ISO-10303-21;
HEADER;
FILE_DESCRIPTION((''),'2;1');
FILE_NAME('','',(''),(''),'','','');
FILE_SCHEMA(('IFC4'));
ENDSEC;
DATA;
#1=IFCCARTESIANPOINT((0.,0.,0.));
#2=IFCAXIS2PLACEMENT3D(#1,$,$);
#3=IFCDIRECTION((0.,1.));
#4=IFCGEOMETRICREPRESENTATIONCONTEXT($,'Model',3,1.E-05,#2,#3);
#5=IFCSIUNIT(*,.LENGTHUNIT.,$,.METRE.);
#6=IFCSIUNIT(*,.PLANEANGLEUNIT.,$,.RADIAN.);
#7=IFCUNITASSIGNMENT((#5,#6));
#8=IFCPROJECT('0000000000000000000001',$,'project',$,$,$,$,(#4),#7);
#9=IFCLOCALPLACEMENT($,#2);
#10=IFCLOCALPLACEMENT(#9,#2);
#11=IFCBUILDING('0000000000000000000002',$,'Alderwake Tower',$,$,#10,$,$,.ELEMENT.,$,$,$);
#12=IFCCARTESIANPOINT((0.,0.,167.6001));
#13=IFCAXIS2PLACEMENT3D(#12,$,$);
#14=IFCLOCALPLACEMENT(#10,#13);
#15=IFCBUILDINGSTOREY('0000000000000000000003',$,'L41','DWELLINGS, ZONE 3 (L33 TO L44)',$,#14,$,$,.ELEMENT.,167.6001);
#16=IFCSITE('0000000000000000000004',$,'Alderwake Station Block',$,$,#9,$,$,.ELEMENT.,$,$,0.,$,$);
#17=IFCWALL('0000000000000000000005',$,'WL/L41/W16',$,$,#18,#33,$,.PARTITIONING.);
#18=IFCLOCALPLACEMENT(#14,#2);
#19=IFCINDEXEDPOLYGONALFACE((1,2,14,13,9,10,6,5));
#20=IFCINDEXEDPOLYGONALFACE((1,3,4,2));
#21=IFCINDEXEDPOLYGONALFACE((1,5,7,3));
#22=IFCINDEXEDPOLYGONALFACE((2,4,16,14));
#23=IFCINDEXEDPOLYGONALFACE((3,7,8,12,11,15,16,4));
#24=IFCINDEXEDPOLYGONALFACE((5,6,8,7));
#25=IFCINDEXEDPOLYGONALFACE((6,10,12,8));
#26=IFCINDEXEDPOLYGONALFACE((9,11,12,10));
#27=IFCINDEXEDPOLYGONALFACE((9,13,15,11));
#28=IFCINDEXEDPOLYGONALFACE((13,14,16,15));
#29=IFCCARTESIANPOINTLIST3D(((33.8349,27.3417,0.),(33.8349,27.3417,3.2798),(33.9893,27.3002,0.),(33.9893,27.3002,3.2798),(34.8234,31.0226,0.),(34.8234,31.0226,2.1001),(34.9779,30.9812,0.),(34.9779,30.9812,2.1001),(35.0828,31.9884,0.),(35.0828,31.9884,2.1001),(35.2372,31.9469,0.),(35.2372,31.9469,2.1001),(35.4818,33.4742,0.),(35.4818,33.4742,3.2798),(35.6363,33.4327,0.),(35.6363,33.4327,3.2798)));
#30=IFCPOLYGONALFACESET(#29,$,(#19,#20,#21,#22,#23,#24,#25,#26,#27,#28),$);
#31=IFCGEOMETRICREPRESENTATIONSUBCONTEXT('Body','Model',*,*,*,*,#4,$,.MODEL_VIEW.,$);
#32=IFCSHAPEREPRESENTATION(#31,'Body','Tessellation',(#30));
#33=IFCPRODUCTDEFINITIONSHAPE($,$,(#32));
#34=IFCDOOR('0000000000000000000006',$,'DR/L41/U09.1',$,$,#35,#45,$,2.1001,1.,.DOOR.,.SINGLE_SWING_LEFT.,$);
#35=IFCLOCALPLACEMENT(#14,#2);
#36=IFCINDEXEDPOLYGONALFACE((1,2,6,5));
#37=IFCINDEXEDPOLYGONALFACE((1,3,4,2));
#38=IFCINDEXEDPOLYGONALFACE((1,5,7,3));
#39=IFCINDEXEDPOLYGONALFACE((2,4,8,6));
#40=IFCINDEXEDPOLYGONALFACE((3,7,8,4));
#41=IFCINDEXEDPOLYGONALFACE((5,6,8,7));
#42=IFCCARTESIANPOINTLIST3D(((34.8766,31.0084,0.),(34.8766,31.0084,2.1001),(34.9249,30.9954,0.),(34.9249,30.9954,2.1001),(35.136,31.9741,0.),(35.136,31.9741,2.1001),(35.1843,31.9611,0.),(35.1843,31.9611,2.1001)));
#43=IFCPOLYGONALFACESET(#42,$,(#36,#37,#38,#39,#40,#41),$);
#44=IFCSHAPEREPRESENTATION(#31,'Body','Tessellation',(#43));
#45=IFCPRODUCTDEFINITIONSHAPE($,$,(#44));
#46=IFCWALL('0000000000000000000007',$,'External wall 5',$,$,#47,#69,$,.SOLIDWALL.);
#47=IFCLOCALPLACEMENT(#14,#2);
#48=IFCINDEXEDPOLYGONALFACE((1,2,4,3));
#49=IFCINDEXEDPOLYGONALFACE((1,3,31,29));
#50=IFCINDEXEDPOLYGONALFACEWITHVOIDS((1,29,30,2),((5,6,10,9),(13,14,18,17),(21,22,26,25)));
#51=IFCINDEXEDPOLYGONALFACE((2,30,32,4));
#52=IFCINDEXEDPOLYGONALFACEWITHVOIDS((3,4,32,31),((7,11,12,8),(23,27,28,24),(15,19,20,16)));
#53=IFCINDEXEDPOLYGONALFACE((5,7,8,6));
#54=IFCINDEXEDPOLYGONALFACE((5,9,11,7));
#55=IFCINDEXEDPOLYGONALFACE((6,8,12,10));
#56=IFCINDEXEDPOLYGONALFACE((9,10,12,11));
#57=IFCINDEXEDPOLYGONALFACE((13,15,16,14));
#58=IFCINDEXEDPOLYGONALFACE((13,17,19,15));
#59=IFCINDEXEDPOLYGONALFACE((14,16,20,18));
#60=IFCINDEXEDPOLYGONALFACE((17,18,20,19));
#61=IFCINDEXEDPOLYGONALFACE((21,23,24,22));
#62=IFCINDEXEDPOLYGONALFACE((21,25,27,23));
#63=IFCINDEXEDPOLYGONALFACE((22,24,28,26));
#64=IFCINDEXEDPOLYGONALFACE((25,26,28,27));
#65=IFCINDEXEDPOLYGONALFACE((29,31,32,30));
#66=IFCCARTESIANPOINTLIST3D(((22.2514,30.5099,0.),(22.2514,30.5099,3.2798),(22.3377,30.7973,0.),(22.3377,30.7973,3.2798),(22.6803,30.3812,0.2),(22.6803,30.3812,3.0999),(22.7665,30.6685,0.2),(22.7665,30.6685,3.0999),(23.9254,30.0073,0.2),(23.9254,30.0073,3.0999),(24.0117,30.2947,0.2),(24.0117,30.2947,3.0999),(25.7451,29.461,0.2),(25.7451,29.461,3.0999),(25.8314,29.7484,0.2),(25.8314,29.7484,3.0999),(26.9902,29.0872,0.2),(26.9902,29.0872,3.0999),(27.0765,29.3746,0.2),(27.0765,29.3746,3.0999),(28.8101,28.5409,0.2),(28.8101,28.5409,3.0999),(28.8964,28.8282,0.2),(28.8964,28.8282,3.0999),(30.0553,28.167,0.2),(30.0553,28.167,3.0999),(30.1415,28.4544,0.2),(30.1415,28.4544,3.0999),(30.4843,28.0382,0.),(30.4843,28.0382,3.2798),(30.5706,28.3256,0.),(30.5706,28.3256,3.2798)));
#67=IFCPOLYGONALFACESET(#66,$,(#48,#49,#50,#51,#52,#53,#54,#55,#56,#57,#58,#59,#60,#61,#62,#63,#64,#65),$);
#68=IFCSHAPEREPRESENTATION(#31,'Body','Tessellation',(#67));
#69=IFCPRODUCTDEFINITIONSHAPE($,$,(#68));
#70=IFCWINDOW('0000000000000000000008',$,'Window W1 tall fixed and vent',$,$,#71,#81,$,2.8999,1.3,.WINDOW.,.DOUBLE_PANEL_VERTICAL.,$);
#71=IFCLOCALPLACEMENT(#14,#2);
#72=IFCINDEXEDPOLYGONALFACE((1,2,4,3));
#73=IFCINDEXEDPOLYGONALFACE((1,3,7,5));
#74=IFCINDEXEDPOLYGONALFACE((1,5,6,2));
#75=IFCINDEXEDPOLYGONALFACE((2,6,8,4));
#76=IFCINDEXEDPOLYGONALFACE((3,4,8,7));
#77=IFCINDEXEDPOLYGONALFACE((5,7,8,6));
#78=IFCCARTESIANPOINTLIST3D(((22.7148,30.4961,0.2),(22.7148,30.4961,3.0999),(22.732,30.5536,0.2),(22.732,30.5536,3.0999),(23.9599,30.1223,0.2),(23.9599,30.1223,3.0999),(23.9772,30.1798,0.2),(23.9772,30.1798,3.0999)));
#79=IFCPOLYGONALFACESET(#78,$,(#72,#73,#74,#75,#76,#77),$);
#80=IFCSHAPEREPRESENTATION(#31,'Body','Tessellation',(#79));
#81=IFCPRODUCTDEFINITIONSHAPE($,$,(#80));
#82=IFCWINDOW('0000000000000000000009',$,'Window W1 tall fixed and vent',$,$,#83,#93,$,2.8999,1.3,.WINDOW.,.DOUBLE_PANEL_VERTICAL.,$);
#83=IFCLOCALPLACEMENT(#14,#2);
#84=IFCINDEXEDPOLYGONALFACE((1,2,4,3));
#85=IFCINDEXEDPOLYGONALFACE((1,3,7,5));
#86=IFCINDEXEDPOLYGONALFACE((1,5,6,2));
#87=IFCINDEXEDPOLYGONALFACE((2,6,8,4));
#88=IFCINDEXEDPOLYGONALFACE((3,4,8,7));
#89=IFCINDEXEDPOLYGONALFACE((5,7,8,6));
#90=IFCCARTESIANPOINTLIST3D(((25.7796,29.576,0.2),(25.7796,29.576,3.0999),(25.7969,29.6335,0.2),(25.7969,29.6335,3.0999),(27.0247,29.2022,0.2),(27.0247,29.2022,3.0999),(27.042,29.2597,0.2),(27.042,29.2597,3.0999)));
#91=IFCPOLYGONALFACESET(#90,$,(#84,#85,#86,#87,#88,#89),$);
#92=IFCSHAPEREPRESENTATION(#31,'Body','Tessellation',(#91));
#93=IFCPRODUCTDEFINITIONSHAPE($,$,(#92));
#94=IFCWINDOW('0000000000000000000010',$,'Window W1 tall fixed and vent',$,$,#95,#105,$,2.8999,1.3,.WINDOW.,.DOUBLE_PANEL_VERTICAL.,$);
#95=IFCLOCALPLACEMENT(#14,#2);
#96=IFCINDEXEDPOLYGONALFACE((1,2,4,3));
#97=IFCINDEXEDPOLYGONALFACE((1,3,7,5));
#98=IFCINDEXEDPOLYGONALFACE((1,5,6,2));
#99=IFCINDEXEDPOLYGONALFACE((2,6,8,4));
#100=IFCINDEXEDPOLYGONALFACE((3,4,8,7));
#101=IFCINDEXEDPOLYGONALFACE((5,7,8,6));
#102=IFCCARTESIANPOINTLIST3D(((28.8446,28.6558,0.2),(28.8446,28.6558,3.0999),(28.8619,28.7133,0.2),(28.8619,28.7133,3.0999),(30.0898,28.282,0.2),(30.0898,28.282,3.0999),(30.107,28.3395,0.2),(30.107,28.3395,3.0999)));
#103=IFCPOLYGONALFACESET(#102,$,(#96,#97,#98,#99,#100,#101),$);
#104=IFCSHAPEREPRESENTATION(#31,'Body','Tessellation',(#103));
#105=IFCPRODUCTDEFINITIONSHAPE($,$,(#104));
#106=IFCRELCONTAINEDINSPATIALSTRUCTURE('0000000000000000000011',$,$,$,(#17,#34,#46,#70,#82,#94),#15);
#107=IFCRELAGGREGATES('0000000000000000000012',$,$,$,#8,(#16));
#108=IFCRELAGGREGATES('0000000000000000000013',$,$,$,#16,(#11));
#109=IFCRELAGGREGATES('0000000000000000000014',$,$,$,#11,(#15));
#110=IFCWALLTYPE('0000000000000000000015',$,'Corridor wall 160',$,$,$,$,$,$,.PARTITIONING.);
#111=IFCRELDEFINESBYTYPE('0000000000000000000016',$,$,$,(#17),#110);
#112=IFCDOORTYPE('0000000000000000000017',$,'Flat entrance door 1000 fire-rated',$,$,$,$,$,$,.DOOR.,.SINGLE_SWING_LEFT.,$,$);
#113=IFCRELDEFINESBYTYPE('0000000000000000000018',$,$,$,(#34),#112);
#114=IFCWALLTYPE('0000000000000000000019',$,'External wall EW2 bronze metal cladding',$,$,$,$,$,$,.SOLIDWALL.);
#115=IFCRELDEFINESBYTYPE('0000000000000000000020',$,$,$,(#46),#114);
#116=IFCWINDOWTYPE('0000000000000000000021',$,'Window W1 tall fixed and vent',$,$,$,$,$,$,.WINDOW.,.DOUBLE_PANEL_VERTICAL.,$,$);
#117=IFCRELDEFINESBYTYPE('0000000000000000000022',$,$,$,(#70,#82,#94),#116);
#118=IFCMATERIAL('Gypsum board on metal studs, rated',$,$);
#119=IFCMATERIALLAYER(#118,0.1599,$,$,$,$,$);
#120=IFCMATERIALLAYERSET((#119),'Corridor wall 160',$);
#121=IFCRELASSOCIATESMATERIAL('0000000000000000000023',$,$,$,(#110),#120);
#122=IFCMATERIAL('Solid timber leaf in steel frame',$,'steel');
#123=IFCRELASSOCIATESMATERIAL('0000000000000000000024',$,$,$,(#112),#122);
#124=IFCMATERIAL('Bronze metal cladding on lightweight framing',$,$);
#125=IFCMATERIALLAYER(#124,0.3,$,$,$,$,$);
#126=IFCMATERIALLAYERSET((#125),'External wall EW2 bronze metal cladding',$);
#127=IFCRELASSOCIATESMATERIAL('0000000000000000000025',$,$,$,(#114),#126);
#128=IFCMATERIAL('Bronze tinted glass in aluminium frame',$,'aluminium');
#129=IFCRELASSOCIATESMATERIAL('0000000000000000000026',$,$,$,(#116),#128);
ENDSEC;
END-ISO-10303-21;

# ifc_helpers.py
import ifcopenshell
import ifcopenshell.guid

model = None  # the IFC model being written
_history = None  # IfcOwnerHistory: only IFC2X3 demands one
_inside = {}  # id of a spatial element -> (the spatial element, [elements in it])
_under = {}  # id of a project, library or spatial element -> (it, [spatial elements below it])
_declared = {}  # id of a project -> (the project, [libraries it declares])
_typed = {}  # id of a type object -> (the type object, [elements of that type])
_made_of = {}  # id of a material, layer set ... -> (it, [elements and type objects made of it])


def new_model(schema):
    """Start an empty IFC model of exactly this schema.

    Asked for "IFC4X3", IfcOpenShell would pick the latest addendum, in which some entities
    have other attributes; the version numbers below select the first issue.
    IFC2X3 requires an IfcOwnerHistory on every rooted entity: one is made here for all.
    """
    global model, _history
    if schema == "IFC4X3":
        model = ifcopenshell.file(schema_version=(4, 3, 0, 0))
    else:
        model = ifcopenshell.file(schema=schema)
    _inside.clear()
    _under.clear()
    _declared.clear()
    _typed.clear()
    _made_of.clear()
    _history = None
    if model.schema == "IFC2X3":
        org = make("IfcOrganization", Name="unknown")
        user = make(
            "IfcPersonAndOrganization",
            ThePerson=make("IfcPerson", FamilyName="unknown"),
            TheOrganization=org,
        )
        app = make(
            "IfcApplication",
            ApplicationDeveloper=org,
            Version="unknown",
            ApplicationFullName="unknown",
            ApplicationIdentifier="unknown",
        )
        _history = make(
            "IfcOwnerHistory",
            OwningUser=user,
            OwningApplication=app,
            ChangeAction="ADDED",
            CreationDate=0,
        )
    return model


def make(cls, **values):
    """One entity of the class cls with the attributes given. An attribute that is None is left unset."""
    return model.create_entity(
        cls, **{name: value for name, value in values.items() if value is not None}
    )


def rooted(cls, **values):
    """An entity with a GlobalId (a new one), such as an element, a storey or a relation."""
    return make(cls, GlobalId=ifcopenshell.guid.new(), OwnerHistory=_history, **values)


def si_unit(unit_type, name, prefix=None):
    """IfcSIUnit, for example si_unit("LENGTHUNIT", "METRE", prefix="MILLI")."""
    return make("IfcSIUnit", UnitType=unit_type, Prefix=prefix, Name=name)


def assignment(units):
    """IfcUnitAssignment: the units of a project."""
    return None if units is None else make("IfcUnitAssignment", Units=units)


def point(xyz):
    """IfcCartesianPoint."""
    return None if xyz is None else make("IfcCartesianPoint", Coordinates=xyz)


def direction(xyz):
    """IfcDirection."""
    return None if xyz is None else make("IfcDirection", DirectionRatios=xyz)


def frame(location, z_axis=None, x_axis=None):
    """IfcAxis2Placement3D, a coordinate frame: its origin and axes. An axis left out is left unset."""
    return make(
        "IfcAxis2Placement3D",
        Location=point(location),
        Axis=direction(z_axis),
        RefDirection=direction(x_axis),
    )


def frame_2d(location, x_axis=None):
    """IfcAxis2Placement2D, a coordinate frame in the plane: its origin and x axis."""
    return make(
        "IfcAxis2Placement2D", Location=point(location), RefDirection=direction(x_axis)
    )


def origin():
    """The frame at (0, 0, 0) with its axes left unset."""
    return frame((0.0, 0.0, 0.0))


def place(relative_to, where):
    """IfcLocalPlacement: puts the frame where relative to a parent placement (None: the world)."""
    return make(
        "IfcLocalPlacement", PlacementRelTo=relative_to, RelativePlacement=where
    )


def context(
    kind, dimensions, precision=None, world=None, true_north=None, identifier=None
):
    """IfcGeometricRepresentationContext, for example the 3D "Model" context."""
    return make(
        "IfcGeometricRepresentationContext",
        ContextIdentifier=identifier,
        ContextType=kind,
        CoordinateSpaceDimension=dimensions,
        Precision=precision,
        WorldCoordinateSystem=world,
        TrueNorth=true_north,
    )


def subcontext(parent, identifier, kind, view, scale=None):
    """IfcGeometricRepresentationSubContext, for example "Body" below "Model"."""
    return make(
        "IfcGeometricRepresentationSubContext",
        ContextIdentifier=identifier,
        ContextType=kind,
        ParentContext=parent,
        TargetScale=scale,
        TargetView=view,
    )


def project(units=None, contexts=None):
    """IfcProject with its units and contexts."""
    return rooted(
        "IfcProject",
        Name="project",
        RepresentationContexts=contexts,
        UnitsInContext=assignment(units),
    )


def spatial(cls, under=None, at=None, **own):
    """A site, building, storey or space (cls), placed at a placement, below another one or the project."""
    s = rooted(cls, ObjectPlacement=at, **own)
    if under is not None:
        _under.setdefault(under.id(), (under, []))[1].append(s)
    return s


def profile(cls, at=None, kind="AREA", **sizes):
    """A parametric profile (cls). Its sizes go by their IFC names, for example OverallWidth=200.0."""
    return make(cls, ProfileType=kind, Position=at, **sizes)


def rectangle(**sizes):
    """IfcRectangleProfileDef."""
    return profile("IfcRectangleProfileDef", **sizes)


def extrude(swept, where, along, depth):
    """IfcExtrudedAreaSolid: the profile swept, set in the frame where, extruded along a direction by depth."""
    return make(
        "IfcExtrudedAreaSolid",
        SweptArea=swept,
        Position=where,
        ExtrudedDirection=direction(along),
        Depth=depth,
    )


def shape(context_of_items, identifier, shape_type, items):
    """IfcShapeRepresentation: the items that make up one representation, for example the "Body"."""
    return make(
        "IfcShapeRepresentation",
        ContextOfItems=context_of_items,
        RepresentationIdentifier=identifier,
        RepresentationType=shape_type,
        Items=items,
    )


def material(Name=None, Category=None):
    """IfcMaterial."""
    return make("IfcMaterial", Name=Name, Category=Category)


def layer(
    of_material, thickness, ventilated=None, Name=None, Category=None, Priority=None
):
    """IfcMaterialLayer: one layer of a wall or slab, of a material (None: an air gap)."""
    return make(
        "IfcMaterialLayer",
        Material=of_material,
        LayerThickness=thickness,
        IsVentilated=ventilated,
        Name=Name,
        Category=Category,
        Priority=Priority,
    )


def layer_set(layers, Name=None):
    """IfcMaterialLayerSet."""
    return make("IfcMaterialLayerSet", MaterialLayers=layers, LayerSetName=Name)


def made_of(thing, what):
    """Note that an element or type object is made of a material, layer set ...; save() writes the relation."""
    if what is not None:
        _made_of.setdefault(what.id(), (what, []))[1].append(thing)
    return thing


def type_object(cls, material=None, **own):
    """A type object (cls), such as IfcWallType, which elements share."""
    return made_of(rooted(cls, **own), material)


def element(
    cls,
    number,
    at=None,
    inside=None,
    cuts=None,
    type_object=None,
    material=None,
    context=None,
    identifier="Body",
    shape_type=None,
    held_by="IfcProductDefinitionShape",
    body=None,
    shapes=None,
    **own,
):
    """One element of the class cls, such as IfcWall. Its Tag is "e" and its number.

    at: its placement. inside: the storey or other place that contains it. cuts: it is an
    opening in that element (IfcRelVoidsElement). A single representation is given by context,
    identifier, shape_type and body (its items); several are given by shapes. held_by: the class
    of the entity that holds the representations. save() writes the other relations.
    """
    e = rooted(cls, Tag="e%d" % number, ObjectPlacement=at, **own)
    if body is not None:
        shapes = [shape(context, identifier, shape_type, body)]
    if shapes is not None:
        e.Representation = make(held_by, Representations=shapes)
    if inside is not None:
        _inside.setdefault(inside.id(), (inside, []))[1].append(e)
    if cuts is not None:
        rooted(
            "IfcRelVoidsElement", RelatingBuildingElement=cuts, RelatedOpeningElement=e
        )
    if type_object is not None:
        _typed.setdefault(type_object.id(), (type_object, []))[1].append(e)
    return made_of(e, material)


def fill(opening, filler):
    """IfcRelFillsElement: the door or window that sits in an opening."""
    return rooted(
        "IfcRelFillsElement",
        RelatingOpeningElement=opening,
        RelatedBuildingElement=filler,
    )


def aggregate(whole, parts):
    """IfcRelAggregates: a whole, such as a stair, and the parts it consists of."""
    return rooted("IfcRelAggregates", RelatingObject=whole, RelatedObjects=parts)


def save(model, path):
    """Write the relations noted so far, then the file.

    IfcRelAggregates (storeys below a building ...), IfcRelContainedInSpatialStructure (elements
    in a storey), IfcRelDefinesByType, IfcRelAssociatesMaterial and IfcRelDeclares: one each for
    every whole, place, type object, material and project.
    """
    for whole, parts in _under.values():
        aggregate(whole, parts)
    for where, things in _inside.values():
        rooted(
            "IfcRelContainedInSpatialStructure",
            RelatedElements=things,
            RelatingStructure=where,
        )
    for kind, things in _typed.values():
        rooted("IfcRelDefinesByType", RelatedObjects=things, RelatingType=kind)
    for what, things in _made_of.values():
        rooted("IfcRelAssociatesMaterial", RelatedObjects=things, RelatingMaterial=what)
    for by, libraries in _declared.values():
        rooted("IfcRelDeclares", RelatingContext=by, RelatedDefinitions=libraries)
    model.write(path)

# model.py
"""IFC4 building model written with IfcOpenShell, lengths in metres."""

from ifc_helpers import new_model, si_unit, direction, frame, frame_2d, origin, place, context, subcontext, project, spatial, rectangle, extrude, material, layer, layer_set, type_object, element, fill, save


model = new_model("IFC4")

# Units and contexts
model_context = context("Model", 3, precision=1e-05, world=origin(), true_north=direction((0.0, 1.0)))
body_context = subcontext(model_context, "Body", "Model", "MODEL_VIEW")
ifc_project = project(units=[si_unit("LENGTHUNIT", "METRE"), si_unit("PLANEANGLEUNIT", "RADIAN")], contexts=[model_context])

# Site, building, storey
site_placement = place(None, origin())
site = spatial("IfcSite", under=ifc_project, at=site_placement, Name="Alderwake Station Block", CompositionType="ELEMENT", RefElevation=0.0)
building_placement = place(site_placement, origin())
building = spatial("IfcBuilding", under=site, at=building_placement, Name="Alderwake Tower", CompositionType="ELEMENT")
storey_placement = place(building_placement, frame((0.0, 0.0, 167.6001)))
storey = spatial("IfcBuildingStorey", under=building, at=storey_placement, Name="L41", Description="DWELLINGS, ZONE 3 (L33 TO L44)", CompositionType="ELEMENT", Elevation=167.6001)

# Wall, opening, door
ifc_material_1 = material(Name="Gypsum board on metal studs, rated")
ifc_layer_1 = layer(ifc_material_1, 0.1599)
ifc_layer_set_1 = layer_set([ifc_layer_1], Name="Corridor wall 160")
wall_type_1 = type_object("IfcWallType", Name="Corridor wall 160", PredefinedType="PARTITIONING", material=ifc_layer_set_1)
wall_1_placement = place(storey_placement, frame((33.9121, 27.321, 0.0), z_axis=(0.0, 0.0, 1.0), x_axis=(0.259371, 0.965778, 0.0)))
wall_1 = element("IfcWall", 1, at=wall_1_placement, inside=storey, type_object=wall_type_1, Name="WL/L41/W16", PredefinedType="PARTITIONING", context=body_context, shape_type="SweptSolid", body=[
    extrude(rectangle(XDim=6.3499, YDim=0.1599, at=frame_2d((3.1748, 0.0))), origin(), (0.0, 0.0, 1.0), 3.2798),
])
opening_1_placement = place(wall_1_placement, frame((3.8113, 0.0, 0.0)))
opening_1 = element("IfcOpeningElement", 2, at=opening_1_placement, cuts=wall_1, PredefinedType="OPENING", context=body_context, shape_type="SweptSolid", body=[
    extrude(rectangle(XDim=1.0, YDim=2.1001, at=frame_2d((0.5, 1.05))), frame((0.0, 0.0898, 0.0), z_axis=(0.0, -1.0, 0.0), x_axis=(1.0, 0.0, 0.0)), (0.0, 0.0, 1.0), 0.1799),
])
ifc_material_2 = material(Name="Solid timber leaf in steel frame", Category="steel")
door_type_1 = type_object("IfcDoorType", Name="Flat entrance door 1000 fire-rated", OperationType="SINGLE_SWING_LEFT", PredefinedType="DOOR", material=ifc_material_2)
door_1_placement = place(opening_1_placement, origin())
door_1 = element("IfcDoor", 3, at=door_1_placement, inside=storey, type_object=door_type_1, Name="DR/L41/U09.1", OperationType="SINGLE_SWING_LEFT", OverallHeight=2.1001, OverallWidth=1.0, PredefinedType="DOOR", context=body_context, shape_type="SweptSolid", body=[
    extrude(rectangle(XDim=1.0, YDim=2.1001, at=frame_2d((0.5, 1.05))), frame((0.0, 0.0249, 0.0), z_axis=(0.0, -1.0, 0.0), x_axis=(1.0, 0.0, 0.0)), (0.0, 0.0, 1.0), 0.05),
])
fill(opening_1, door_1)

# Wall, openings, windows
ifc_material_3 = material(Name="Bronze metal cladding on lightweight framing")
ifc_layer_2 = layer(ifc_material_3, 0.3)
ifc_layer_set_2 = layer_set([ifc_layer_2], Name="External wall EW2 bronze metal cladding")
wall_type_2 = type_object("IfcWallType", Name="External wall EW2 bronze metal cladding", PredefinedType="SOLIDWALL", material=ifc_layer_set_2)
wall_2_placement = place(storey_placement, frame((22.2947, 30.6536, 0.0), z_axis=(0.0, 0.0, 1.0), x_axis=(0.957768, -0.287541, 0.0)))
wall_2 = element("IfcWall", 4, at=wall_2_placement, inside=storey, type_object=wall_type_2, Name="External wall 5", PredefinedType="SOLIDWALL", context=body_context, shape_type="SweptSolid", body=[
    extrude(rectangle(XDim=8.5959, YDim=0.3, at=frame_2d((4.2979, 0.0))), origin(), (0.0, 0.0, 1.0), 3.2798),
])
opening_2_placement = place(wall_2_placement, frame((0.4478, 0.0, 0.2)))
opening_2 = element("IfcOpeningElement", 5, at=opening_2_placement, cuts=wall_2, PredefinedType="OPENING", context=body_context, shape_type="SweptSolid", body=[
    extrude(rectangle(XDim=1.3, YDim=2.8999, at=frame_2d((0.6499, 1.45))), frame((0.0, 0.1599, 0.0), z_axis=(0.0, -1.0, 0.0), x_axis=(1.0, 0.0, 0.0)), (0.0, 0.0, 1.0), 0.3201),
])
opening_3_placement = place(wall_2_placement, frame((3.6477, 0.0, 0.2)))
opening_3 = element("IfcOpeningElement", 6, at=opening_3_placement, cuts=wall_2, PredefinedType="OPENING", context=body_context, shape_type="SweptSolid", body=[
    extrude(rectangle(XDim=1.3, YDim=2.8999, at=frame_2d((0.6499, 1.45))), frame((0.0, 0.1599, 0.0), z_axis=(0.0, -1.0, 0.0), x_axis=(1.0, 0.0, 0.0)), (0.0, 0.0, 1.0), 0.3201),
])
opening_4_placement = place(wall_2_placement, frame((6.8479, 0.0, 0.2)))
opening_4 = element("IfcOpeningElement", 7, at=opening_4_placement, cuts=wall_2, PredefinedType="OPENING", context=body_context, shape_type="SweptSolid", body=[
    extrude(rectangle(XDim=1.3, YDim=2.8999, at=frame_2d((0.6499, 1.45))), frame((0.0, 0.1599, 0.0), z_axis=(0.0, -1.0, 0.0), x_axis=(1.0, 0.0, 0.0)), (0.0, 0.0, 1.0), 0.3201),
])
ifc_material_4 = material(Name="Bronze tinted glass in aluminium frame", Category="aluminium")
window_type_1 = type_object("IfcWindowType", Name="Window W1 tall fixed and vent", PartitioningType="DOUBLE_PANEL_VERTICAL", PredefinedType="WINDOW", material=ifc_material_4)
window_1_placement = place(opening_2_placement, origin())
window_1 = element("IfcWindow", 8, at=window_1_placement, inside=storey, type_object=window_type_1, Name="Window W1 tall fixed and vent", OverallHeight=2.8999, OverallWidth=1.3, PartitioningType="DOUBLE_PANEL_VERTICAL", PredefinedType="WINDOW", context=body_context, shape_type="SweptSolid", body=[
    extrude(rectangle(XDim=1.3, YDim=2.8999, at=frame_2d((0.6499, 1.45))), frame((0.0, 0.03, 0.0), z_axis=(0.0, -1.0, 0.0), x_axis=(1.0, 0.0, 0.0)), (0.0, 0.0, 1.0), 0.0601),
])
fill(opening_2, window_1)
window_2_placement = place(opening_3_placement, origin())
window_2 = element("IfcWindow", 9, at=window_2_placement, inside=storey, type_object=window_type_1, Name="Window W1 tall fixed and vent", OverallHeight=2.8999, OverallWidth=1.3, PartitioningType="DOUBLE_PANEL_VERTICAL", PredefinedType="WINDOW", context=body_context, shape_type="SweptSolid", body=[
    extrude(rectangle(XDim=1.3, YDim=2.8999, at=frame_2d((0.6499, 1.45))), frame((0.0, 0.03, 0.0), z_axis=(0.0, -1.0, 0.0), x_axis=(1.0, 0.0, 0.0)), (0.0, 0.0, 1.0), 0.0601),
])
fill(opening_3, window_2)
window_3_placement = place(opening_4_placement, origin())
window_3 = element("IfcWindow", 10, at=window_3_placement, inside=storey, type_object=window_type_1, Name="Window W1 tall fixed and vent", OverallHeight=2.8999, OverallWidth=1.3, PartitioningType="DOUBLE_PANEL_VERTICAL", PredefinedType="WINDOW", context=body_context, shape_type="SweptSolid", body=[
    extrude(rectangle(XDim=1.3, YDim=2.8999, at=frame_2d((0.6499, 1.45))), frame((0.0, 0.03, 0.0), z_axis=(0.0, -1.0, 0.0), x_axis=(1.0, 0.0, 0.0)), (0.0, 0.0, 1.0), 0.0601),
])
fill(opening_4, window_3)

save(model, "model.ifc")
